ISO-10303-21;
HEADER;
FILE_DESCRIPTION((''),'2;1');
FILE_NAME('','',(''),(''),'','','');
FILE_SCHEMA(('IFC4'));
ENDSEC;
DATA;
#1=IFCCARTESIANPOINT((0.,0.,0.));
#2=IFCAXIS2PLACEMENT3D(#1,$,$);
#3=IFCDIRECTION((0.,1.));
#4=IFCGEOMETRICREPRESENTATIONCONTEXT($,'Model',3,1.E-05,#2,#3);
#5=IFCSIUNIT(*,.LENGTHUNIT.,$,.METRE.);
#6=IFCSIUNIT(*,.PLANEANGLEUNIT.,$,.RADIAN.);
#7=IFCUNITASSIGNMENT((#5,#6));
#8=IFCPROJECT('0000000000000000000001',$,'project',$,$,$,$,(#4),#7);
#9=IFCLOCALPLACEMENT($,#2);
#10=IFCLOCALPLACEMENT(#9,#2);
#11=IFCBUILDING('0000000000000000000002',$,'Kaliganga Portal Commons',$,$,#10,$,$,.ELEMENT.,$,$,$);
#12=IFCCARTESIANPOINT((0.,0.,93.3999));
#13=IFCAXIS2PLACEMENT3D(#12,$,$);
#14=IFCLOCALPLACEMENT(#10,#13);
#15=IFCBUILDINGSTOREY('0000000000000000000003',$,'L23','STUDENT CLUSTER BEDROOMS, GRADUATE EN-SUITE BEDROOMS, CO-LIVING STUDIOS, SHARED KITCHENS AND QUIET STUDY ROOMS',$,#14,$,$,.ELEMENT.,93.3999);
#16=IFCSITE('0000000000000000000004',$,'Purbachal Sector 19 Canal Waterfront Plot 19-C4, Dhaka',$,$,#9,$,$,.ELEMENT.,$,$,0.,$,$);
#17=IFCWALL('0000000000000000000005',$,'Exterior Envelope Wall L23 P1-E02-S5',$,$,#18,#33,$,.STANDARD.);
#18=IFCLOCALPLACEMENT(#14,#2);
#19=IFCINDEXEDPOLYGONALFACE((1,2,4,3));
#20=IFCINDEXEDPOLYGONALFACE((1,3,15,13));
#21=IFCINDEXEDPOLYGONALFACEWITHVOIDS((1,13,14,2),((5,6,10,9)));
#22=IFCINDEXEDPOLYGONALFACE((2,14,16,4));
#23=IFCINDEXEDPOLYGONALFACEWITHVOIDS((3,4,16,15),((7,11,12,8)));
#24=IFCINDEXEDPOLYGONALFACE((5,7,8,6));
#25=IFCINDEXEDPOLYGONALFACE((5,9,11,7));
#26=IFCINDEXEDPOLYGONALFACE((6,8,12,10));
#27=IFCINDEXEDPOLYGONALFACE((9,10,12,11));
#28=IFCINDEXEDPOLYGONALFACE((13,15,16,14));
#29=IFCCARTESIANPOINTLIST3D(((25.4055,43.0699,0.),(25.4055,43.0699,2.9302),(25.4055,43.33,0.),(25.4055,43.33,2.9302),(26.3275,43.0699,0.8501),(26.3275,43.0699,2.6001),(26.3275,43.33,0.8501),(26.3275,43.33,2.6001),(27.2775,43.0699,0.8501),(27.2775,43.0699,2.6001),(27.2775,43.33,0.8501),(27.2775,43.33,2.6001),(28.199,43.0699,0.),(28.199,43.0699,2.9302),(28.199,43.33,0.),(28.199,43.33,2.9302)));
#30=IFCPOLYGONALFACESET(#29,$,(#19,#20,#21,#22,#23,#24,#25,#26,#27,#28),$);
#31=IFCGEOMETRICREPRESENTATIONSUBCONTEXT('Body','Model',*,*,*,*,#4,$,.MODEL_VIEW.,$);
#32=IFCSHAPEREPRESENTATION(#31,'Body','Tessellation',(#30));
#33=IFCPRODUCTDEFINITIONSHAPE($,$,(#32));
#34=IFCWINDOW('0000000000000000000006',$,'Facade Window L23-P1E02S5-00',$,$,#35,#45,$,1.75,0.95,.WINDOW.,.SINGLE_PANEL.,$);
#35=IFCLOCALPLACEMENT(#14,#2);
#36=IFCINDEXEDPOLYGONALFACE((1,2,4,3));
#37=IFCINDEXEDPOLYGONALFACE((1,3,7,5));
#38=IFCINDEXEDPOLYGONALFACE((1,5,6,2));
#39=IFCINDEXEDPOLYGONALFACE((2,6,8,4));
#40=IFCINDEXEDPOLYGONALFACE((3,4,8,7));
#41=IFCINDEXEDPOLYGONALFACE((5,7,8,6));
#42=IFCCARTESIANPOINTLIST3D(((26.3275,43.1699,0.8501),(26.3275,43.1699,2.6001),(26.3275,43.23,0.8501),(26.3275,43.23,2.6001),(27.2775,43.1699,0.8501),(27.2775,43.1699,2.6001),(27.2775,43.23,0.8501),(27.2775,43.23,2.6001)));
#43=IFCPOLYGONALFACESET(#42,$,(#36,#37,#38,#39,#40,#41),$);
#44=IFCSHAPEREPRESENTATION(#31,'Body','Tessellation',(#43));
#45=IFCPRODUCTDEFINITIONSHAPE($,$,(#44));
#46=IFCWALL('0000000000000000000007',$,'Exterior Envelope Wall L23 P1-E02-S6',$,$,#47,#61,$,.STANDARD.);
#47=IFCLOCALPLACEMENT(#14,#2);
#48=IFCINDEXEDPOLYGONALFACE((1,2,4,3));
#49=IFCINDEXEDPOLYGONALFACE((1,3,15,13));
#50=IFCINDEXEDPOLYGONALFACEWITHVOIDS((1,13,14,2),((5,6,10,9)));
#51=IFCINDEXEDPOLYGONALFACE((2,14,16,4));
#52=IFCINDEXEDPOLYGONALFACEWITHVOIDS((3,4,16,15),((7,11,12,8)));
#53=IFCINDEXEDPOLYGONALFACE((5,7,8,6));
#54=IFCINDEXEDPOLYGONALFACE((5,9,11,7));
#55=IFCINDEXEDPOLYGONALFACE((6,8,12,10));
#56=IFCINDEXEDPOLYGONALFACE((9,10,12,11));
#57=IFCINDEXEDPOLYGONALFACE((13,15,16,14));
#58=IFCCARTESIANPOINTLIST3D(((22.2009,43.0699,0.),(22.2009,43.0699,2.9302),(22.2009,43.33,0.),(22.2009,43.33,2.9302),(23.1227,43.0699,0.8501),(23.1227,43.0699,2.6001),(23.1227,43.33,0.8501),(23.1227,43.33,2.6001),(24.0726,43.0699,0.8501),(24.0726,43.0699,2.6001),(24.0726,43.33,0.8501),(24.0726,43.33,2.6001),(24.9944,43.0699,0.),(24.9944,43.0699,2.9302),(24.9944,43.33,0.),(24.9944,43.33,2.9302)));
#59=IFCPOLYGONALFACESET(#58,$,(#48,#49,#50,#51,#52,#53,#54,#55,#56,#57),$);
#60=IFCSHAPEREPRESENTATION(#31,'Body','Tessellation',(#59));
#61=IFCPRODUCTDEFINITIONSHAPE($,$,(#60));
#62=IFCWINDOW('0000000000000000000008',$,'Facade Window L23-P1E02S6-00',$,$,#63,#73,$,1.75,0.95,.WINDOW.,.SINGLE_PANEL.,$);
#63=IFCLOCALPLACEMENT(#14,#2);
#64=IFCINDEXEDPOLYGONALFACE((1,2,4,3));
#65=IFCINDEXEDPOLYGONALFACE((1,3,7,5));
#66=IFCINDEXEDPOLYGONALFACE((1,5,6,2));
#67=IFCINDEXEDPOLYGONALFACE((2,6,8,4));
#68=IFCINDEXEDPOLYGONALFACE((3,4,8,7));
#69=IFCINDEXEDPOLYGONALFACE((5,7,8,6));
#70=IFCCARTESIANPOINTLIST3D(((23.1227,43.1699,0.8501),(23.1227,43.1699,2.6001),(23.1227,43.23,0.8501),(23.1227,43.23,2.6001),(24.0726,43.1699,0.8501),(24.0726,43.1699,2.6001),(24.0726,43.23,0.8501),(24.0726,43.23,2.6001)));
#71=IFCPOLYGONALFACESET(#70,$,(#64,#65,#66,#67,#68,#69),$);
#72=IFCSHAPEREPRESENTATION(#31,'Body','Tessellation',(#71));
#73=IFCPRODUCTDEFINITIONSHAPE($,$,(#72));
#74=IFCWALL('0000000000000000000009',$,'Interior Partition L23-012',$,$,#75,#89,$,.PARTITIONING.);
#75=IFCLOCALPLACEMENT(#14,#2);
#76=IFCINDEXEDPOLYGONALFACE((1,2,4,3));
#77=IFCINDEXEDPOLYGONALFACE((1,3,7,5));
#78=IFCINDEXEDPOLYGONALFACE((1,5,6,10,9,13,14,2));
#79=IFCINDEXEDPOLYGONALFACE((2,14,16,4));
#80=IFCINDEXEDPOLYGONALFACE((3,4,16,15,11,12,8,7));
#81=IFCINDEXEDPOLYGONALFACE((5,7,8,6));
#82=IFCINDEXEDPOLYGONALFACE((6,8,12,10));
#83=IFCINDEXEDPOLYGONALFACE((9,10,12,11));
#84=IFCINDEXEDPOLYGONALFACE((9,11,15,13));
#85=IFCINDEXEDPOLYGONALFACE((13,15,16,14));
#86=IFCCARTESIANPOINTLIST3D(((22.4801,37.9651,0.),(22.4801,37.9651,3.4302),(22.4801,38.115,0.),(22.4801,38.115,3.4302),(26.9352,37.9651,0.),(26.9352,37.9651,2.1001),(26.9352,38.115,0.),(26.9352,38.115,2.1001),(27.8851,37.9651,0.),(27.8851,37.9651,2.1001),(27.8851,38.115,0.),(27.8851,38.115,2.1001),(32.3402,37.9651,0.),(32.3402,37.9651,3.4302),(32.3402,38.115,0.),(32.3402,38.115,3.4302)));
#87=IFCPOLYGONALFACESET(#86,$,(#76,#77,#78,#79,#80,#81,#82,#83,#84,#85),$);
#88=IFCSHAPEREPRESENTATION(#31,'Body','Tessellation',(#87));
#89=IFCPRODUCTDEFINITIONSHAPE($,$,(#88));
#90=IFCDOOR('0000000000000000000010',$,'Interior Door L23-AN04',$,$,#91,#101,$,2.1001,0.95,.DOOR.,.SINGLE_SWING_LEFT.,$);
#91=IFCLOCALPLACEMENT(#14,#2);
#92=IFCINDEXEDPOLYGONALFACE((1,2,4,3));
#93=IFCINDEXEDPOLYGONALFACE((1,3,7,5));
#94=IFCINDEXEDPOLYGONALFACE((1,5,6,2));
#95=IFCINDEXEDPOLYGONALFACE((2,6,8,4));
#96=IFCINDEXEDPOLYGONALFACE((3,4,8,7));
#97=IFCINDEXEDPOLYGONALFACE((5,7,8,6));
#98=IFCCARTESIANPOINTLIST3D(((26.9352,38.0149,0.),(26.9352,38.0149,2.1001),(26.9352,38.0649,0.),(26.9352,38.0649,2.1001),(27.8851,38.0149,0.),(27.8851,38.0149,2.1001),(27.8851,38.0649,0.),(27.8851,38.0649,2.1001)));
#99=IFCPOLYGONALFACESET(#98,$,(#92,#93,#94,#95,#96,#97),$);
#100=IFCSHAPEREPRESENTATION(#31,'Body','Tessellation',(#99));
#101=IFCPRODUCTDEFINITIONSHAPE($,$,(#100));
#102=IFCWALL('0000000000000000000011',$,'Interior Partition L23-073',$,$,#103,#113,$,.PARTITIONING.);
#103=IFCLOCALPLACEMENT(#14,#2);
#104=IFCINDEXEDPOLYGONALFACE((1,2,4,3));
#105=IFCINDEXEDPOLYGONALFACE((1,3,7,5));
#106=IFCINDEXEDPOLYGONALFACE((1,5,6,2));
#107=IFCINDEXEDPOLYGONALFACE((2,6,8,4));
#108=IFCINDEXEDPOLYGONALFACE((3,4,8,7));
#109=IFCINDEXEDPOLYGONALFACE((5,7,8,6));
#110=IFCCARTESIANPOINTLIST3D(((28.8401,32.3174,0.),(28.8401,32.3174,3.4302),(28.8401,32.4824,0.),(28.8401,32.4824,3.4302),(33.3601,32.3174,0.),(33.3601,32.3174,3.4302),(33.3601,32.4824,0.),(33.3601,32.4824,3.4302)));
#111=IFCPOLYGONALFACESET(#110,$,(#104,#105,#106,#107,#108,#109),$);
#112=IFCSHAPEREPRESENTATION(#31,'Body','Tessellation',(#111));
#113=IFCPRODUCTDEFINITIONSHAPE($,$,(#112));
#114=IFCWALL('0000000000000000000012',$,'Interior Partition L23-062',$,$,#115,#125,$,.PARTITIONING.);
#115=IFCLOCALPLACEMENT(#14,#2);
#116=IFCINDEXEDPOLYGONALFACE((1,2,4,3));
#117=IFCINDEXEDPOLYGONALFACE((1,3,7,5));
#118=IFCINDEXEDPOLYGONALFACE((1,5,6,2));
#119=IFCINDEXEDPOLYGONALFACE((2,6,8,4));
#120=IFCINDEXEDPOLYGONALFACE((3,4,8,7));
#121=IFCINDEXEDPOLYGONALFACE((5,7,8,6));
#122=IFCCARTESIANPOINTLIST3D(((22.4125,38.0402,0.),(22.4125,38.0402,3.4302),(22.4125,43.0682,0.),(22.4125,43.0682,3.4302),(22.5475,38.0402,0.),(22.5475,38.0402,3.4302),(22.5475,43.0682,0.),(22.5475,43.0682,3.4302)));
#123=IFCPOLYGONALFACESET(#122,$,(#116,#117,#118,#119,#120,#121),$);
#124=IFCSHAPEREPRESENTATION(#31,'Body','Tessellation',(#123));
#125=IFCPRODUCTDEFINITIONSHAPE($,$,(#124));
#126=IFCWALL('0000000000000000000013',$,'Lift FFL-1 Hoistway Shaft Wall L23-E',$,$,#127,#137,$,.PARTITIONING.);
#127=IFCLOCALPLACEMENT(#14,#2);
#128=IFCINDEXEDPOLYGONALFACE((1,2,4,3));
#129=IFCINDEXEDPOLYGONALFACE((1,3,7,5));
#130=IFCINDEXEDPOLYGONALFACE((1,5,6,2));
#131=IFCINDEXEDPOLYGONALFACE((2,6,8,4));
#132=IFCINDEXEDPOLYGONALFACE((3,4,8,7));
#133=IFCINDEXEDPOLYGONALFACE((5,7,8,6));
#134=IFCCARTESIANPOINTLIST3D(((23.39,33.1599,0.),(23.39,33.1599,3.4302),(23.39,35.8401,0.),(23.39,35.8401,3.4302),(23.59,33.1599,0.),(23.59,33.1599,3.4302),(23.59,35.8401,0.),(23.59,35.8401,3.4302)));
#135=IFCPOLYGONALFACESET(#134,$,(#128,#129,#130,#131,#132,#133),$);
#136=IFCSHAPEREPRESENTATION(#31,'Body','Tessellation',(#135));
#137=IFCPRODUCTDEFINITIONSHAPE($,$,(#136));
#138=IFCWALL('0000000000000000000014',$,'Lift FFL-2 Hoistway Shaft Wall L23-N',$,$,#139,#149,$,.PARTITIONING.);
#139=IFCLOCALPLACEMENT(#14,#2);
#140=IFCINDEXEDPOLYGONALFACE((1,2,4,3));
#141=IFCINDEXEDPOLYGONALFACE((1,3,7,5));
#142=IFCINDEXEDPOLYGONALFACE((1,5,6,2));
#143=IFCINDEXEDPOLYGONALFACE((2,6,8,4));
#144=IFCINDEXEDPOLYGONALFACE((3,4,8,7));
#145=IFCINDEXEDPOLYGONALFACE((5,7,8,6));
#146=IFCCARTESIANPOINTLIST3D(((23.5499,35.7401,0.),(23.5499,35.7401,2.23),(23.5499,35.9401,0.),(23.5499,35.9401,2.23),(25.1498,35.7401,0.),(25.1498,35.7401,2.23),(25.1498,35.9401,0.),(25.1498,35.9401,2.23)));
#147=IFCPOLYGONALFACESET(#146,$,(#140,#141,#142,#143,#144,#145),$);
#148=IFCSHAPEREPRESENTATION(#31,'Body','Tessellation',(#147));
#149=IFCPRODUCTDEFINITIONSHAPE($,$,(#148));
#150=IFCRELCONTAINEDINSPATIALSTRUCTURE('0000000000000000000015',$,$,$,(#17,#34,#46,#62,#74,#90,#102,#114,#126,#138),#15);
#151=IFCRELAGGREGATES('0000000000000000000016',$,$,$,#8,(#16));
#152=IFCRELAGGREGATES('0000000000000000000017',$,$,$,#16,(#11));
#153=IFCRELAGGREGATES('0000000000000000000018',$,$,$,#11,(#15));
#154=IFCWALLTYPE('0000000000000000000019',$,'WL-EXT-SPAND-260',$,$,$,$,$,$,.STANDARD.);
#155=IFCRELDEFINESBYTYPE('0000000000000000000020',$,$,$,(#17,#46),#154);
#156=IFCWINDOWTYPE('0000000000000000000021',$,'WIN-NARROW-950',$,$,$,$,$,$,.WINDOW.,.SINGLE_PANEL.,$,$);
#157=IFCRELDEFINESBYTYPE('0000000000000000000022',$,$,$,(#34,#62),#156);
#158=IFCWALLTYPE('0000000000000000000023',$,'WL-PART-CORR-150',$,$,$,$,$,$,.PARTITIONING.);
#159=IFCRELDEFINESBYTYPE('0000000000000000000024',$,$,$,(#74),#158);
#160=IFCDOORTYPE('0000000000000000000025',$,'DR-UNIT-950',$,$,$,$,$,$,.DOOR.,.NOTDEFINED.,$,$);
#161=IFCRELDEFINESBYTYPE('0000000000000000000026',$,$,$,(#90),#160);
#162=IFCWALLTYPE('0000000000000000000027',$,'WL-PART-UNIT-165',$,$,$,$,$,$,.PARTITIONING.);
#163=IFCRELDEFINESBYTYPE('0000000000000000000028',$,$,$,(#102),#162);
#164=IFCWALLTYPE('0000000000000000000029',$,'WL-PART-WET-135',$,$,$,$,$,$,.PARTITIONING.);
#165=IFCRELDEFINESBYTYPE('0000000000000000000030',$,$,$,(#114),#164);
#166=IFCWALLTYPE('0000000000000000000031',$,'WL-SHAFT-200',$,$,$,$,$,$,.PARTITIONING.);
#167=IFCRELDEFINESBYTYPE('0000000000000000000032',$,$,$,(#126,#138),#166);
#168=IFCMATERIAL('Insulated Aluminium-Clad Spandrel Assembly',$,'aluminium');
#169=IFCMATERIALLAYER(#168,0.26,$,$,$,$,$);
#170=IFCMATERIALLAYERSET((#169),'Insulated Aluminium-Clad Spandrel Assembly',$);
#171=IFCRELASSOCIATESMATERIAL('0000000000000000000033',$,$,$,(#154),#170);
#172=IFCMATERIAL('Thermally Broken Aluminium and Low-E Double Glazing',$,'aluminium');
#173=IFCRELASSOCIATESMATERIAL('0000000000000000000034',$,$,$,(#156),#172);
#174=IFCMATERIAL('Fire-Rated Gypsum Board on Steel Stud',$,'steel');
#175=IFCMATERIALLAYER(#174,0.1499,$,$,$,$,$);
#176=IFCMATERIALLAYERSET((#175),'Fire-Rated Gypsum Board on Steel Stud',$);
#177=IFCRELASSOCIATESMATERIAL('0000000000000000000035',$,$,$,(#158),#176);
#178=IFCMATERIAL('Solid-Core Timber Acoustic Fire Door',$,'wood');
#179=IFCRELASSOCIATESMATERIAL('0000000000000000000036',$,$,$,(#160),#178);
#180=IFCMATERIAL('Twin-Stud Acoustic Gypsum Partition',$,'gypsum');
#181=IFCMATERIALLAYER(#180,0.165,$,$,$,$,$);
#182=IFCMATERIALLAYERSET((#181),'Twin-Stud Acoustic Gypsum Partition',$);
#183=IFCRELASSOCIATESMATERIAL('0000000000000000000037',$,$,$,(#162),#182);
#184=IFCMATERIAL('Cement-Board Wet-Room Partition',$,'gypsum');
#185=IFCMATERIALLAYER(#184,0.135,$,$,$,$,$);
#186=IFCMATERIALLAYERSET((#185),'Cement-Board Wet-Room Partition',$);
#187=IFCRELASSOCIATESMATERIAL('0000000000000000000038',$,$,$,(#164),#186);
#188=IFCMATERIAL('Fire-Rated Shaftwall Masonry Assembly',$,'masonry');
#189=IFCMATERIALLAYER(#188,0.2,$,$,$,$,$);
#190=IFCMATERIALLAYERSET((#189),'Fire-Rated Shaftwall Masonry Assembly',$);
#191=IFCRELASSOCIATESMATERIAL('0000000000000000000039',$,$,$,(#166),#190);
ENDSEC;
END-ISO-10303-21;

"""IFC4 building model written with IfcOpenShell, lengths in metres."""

from ifc_helpers import new_model, si_unit, direction, frame, frame_2d, origin, place, context, subcontext, project, spatial, rectangle, extrude, material, layer, layer_set, type_object, element, fill, save


model = new_model("IFC4")

# Units and contexts
model_context = context("Model", 3, precision=1e-05, world=origin(), true_north=direction((0.0, 1.0)))
body_context = subcontext(model_context, "Body", "Model", "MODEL_VIEW")
ifc_project = project(units=[si_unit("LENGTHUNIT", "METRE"), si_unit("PLANEANGLEUNIT", "RADIAN")], contexts=[model_context])

# Site, building, storey
site_placement = place(None, origin())
site = spatial("IfcSite", under=ifc_project, at=site_placement, Name="Purbachal Sector 19 Canal Waterfront Plot 19-C4, Dhaka", CompositionType="ELEMENT", RefElevation=0.0)
building_placement = place(site_placement, origin())
building = spatial("IfcBuilding", under=site, at=building_placement, Name="Kaliganga Portal Commons", CompositionType="ELEMENT")
storey_placement = place(building_placement, frame((0.0, 0.0, 93.3999)))
storey = spatial("IfcBuildingStorey", under=building, at=storey_placement, Name="L23", Description="STUDENT CLUSTER BEDROOMS, GRADUATE EN-SUITE BEDROOMS, CO-LIVING STUDIOS, SHARED KITCHENS AND QUIET STUDY ROOMS", CompositionType="ELEMENT", Elevation=93.3999)

# Walls, openings, windows
ifc_material_1 = material(Name="Insulated Aluminium-Clad Spandrel Assembly", Category="aluminium")
ifc_layer_1 = layer(ifc_material_1, 0.26)
ifc_layer_set_1 = layer_set([ifc_layer_1], Name="Insulated Aluminium-Clad Spandrel Assembly")
wall_type_1 = type_object("IfcWallType", Name="WL-EXT-SPAND-260", PredefinedType="STANDARD", material=ifc_layer_set_1)
wall_1_placement = place(storey_placement, frame((25.4055, 43.2, 0.0), z_axis=(0.0, 0.0, 1.0), x_axis=(1.0, 0.0, 0.0)))
wall_1 = element("IfcWall", 1, at=wall_1_placement, inside=storey, type_object=wall_type_1, Name="Exterior Envelope Wall L23 P1-E02-S5", PredefinedType="STANDARD", context=body_context, shape_type="SweptSolid", body=[
    extrude(rectangle(XDim=2.7935, YDim=0.26, at=frame_2d((1.3967, 0.0))), origin(), (0.0, 0.0, 1.0), 2.9302),
])
opening_1_placement = place(wall_1_placement, frame((0.9219, 0.0, 0.8501)))
opening_1 = element("IfcOpeningElement", 2, at=opening_1_placement, cuts=wall_1, PredefinedType="OPENING", context=body_context, shape_type="SweptSolid", body=[
    extrude(rectangle(XDim=0.95, YDim=1.75, at=frame_2d((0.4751, 0.875))), frame((0.0, 0.1401, 0.0), z_axis=(0.0, -1.0, 0.0), x_axis=(1.0, 0.0, 0.0)), (0.0, 0.0, 1.0), 0.28),
])
ifc_material_2 = material(Name="Thermally Broken Aluminium and Low-E Double Glazing", Category="aluminium")
window_type = type_object("IfcWindowType", Name="WIN-NARROW-950", PartitioningType="SINGLE_PANEL", PredefinedType="WINDOW", material=ifc_material_2)
window_1_placement = place(opening_1_placement, origin())
window_1 = element("IfcWindow", 3, at=window_1_placement, inside=storey, type_object=window_type, Name="Facade Window L23-P1E02S5-00", OverallHeight=1.75, OverallWidth=0.95, PartitioningType="SINGLE_PANEL", PredefinedType="WINDOW", context=body_context, shape_type="SweptSolid", body=[
    extrude(rectangle(XDim=0.95, YDim=1.75, at=frame_2d((0.4751, 0.875))), frame((0.0, 0.03, 0.0), z_axis=(0.0, -1.0, 0.0), x_axis=(1.0, 0.0, 0.0)), (0.0, 0.0, 1.0), 0.0601),
])
fill(opening_1, window_1)
wall_2_placement = place(storey_placement, frame((22.2009, 43.2, 0.0), z_axis=(0.0, 0.0, 1.0), x_axis=(1.0, 0.0, 0.0)))
wall_2 = element("IfcWall", 4, at=wall_2_placement, inside=storey, type_object=wall_type_1, Name="Exterior Envelope Wall L23 P1-E02-S6", PredefinedType="STANDARD", context=body_context, shape_type="SweptSolid", body=[
    extrude(rectangle(XDim=2.7935, YDim=0.26, at=frame_2d((1.3967, 0.0))), origin(), (0.0, 0.0, 1.0), 2.9302),
])
opening_2_placement = place(wall_2_placement, frame((0.9216, 0.0, 0.8501)))
opening_2 = element("IfcOpeningElement", 5, at=opening_2_placement, cuts=wall_2, PredefinedType="OPENING", context=body_context, shape_type="SweptSolid", body=[
    extrude(rectangle(XDim=0.95, YDim=1.75, at=frame_2d((0.4751, 0.875))), frame((0.0, 0.1401, 0.0), z_axis=(0.0, -1.0, 0.0), x_axis=(1.0, 0.0, 0.0)), (0.0, 0.0, 1.0), 0.28),
])
window_2_placement = place(opening_2_placement, origin())
window_2 = element("IfcWindow", 6, at=window_2_placement, inside=storey, type_object=window_type, Name="Facade Window L23-P1E02S6-00", OverallHeight=1.75, OverallWidth=0.95, PartitioningType="SINGLE_PANEL", PredefinedType="WINDOW", context=body_context, shape_type="SweptSolid", body=[
    extrude(rectangle(XDim=0.95, YDim=1.75, at=frame_2d((0.4751, 0.875))), frame((0.0, 0.03, 0.0), z_axis=(0.0, -1.0, 0.0), x_axis=(1.0, 0.0, 0.0)), (0.0, 0.0, 1.0), 0.0601),
])
fill(opening_2, window_2)

# Wall, opening, door
ifc_material_3 = material(Name="Fire-Rated Gypsum Board on Steel Stud", Category="steel")
ifc_layer_2 = layer(ifc_material_3, 0.1499)
ifc_layer_set_2 = layer_set([ifc_layer_2], Name="Fire-Rated Gypsum Board on Steel Stud")
wall_type_2 = type_object("IfcWallType", Name="WL-PART-CORR-150", PredefinedType="PARTITIONING", material=ifc_layer_set_2)
wall_3_placement = place(storey_placement, frame((22.48, 38.04, 0.0), z_axis=(0.0, 0.0, 1.0), x_axis=(1.0, 0.0, 0.0)))
wall_3 = element("IfcWall", 7, at=wall_3_placement, inside=storey, type_object=wall_type_2, Name="Interior Partition L23-012", PredefinedType="PARTITIONING", context=body_context, shape_type="SweptSolid", body=[
    extrude(rectangle(XDim=9.8601, YDim=0.1499, at=frame_2d((4.9302, 0.0))), origin(), (0.0, 0.0, 1.0), 3.4302),
])
opening_3_placement = place(wall_3_placement, frame((4.4551, 0.0, 0.0)))
opening_3 = element("IfcOpeningElement", 8, at=opening_3_placement, cuts=wall_3, PredefinedType="OPENING", context=body_context, shape_type="SweptSolid", body=[
    extrude(rectangle(XDim=0.95, YDim=2.1001, at=frame_2d((0.4751, 1.05))), frame((0.0, 0.085, 0.0), z_axis=(0.0, -1.0, 0.0), x_axis=(1.0, 0.0, 0.0)), (0.0, 0.0, 1.0), 0.1699),
])
ifc_material_4 = material(Name="Solid-Core Timber Acoustic Fire Door", Category="wood")
door_type_1 = type_object("IfcDoorType", Name="DR-UNIT-950", OperationType="NOTDEFINED", PredefinedType="DOOR", material=ifc_material_4)
door_1_placement = place(opening_3_placement, origin())
door_1 = element("IfcDoor", 9, at=door_1_placement, inside=storey, type_object=door_type_1, Name="Interior Door L23-AN04", OperationType="SINGLE_SWING_LEFT", OverallHeight=2.1001, OverallWidth=0.95, PredefinedType="DOOR", context=body_context, shape_type="SweptSolid", body=[
    extrude(rectangle(XDim=0.95, YDim=2.1001, at=frame_2d((0.4751, 1.05))), frame((0.0, 0.0249, 0.0), z_axis=(0.0, -1.0, 0.0), x_axis=(1.0, 0.0, 0.0)), (0.0, 0.0, 1.0), 0.05),
])
fill(opening_3, door_1)

# Walls
ifc_material_5 = material(Name="Twin-Stud Acoustic Gypsum Partition", Category="gypsum")
ifc_layer_3 = layer(ifc_material_5, 0.165)
ifc_layer_set_3 = layer_set([ifc_layer_3], Name="Twin-Stud Acoustic Gypsum Partition")
wall_type_3 = type_object("IfcWallType", Name="WL-PART-UNIT-165", PredefinedType="PARTITIONING", material=ifc_layer_set_3)
wall_4_placement = place(storey_placement, frame((28.8401, 32.3999, 0.0), z_axis=(0.0, 0.0, 1.0), x_axis=(1.0, 0.0, 0.0)))
element("IfcWall", 10, at=wall_4_placement, inside=storey, type_object=wall_type_3, Name="Interior Partition L23-073", PredefinedType="PARTITIONING", context=body_context, shape_type="SweptSolid", body=[
    extrude(rectangle(XDim=4.52, YDim=0.165, at=frame_2d((2.26, 0.0))), origin(), (0.0, 0.0, 1.0), 3.4302),
])
ifc_material_6 = material(Name="Cement-Board Wet-Room Partition", Category="gypsum")
ifc_layer_4 = layer(ifc_material_6, 0.135)
ifc_layer_set_4 = layer_set([ifc_layer_4], Name="Cement-Board Wet-Room Partition")
wall_type_4 = type_object("IfcWallType", Name="WL-PART-WET-135", PredefinedType="PARTITIONING", material=ifc_layer_set_4)
wall_5_placement = place(storey_placement, frame((22.48, 38.04, 0.0), z_axis=(0.0, 0.0, 1.0), x_axis=(0.0, 1.0, 0.0)))
element("IfcWall", 11, at=wall_5_placement, inside=storey, type_object=wall_type_4, Name="Interior Partition L23-062", PredefinedType="PARTITIONING", context=body_context, shape_type="SweptSolid", body=[
    extrude(rectangle(XDim=5.0281, YDim=0.135, at=frame_2d((2.5142, 0.0))), origin(), (0.0, 0.0, 1.0), 3.4302),
])
ifc_material_7 = material(Name="Fire-Rated Shaftwall Masonry Assembly", Category="masonry")
ifc_layer_5 = layer(ifc_material_7, 0.2)
ifc_layer_set_5 = layer_set([ifc_layer_5], Name="Fire-Rated Shaftwall Masonry Assembly")
wall_type_5 = type_object("IfcWallType", Name="WL-SHAFT-200", PredefinedType="PARTITIONING", material=ifc_layer_set_5)
wall_6_placement = place(storey_placement, frame((23.49, 33.1599, 0.0), z_axis=(0.0, 0.0, 1.0), x_axis=(0.0, 1.0, 0.0)))
element("IfcWall", 12, at=wall_6_placement, inside=storey, type_object=wall_type_5, Name="Lift FFL-1 Hoistway Shaft Wall L23-E", PredefinedType="PARTITIONING", context=body_context, shape_type="SweptSolid", body=[
    extrude(rectangle(XDim=2.6802, YDim=0.2, at=frame_2d((1.3401, 0.0))), origin(), (0.0, 0.0, 1.0), 3.4302),
])

# Wall
wall_7_placement = place(storey_placement, frame((23.55, 35.8401, 0.0), z_axis=(0.0, 0.0, 1.0), x_axis=(1.0, 0.0, 0.0)))
element("IfcWall", 13, at=wall_7_placement, inside=storey, type_object=wall_type_5, Name="Lift FFL-2 Hoistway Shaft Wall L23-N", PredefinedType="PARTITIONING", context=body_context, shape_type="SweptSolid", body=[
    extrude(rectangle(XDim=1.5999, YDim=0.2, at=frame_2d((0.7998, 0.0))), origin(), (0.0, 0.0, 1.0), 2.23),
])

save(model, "model.ifc")
